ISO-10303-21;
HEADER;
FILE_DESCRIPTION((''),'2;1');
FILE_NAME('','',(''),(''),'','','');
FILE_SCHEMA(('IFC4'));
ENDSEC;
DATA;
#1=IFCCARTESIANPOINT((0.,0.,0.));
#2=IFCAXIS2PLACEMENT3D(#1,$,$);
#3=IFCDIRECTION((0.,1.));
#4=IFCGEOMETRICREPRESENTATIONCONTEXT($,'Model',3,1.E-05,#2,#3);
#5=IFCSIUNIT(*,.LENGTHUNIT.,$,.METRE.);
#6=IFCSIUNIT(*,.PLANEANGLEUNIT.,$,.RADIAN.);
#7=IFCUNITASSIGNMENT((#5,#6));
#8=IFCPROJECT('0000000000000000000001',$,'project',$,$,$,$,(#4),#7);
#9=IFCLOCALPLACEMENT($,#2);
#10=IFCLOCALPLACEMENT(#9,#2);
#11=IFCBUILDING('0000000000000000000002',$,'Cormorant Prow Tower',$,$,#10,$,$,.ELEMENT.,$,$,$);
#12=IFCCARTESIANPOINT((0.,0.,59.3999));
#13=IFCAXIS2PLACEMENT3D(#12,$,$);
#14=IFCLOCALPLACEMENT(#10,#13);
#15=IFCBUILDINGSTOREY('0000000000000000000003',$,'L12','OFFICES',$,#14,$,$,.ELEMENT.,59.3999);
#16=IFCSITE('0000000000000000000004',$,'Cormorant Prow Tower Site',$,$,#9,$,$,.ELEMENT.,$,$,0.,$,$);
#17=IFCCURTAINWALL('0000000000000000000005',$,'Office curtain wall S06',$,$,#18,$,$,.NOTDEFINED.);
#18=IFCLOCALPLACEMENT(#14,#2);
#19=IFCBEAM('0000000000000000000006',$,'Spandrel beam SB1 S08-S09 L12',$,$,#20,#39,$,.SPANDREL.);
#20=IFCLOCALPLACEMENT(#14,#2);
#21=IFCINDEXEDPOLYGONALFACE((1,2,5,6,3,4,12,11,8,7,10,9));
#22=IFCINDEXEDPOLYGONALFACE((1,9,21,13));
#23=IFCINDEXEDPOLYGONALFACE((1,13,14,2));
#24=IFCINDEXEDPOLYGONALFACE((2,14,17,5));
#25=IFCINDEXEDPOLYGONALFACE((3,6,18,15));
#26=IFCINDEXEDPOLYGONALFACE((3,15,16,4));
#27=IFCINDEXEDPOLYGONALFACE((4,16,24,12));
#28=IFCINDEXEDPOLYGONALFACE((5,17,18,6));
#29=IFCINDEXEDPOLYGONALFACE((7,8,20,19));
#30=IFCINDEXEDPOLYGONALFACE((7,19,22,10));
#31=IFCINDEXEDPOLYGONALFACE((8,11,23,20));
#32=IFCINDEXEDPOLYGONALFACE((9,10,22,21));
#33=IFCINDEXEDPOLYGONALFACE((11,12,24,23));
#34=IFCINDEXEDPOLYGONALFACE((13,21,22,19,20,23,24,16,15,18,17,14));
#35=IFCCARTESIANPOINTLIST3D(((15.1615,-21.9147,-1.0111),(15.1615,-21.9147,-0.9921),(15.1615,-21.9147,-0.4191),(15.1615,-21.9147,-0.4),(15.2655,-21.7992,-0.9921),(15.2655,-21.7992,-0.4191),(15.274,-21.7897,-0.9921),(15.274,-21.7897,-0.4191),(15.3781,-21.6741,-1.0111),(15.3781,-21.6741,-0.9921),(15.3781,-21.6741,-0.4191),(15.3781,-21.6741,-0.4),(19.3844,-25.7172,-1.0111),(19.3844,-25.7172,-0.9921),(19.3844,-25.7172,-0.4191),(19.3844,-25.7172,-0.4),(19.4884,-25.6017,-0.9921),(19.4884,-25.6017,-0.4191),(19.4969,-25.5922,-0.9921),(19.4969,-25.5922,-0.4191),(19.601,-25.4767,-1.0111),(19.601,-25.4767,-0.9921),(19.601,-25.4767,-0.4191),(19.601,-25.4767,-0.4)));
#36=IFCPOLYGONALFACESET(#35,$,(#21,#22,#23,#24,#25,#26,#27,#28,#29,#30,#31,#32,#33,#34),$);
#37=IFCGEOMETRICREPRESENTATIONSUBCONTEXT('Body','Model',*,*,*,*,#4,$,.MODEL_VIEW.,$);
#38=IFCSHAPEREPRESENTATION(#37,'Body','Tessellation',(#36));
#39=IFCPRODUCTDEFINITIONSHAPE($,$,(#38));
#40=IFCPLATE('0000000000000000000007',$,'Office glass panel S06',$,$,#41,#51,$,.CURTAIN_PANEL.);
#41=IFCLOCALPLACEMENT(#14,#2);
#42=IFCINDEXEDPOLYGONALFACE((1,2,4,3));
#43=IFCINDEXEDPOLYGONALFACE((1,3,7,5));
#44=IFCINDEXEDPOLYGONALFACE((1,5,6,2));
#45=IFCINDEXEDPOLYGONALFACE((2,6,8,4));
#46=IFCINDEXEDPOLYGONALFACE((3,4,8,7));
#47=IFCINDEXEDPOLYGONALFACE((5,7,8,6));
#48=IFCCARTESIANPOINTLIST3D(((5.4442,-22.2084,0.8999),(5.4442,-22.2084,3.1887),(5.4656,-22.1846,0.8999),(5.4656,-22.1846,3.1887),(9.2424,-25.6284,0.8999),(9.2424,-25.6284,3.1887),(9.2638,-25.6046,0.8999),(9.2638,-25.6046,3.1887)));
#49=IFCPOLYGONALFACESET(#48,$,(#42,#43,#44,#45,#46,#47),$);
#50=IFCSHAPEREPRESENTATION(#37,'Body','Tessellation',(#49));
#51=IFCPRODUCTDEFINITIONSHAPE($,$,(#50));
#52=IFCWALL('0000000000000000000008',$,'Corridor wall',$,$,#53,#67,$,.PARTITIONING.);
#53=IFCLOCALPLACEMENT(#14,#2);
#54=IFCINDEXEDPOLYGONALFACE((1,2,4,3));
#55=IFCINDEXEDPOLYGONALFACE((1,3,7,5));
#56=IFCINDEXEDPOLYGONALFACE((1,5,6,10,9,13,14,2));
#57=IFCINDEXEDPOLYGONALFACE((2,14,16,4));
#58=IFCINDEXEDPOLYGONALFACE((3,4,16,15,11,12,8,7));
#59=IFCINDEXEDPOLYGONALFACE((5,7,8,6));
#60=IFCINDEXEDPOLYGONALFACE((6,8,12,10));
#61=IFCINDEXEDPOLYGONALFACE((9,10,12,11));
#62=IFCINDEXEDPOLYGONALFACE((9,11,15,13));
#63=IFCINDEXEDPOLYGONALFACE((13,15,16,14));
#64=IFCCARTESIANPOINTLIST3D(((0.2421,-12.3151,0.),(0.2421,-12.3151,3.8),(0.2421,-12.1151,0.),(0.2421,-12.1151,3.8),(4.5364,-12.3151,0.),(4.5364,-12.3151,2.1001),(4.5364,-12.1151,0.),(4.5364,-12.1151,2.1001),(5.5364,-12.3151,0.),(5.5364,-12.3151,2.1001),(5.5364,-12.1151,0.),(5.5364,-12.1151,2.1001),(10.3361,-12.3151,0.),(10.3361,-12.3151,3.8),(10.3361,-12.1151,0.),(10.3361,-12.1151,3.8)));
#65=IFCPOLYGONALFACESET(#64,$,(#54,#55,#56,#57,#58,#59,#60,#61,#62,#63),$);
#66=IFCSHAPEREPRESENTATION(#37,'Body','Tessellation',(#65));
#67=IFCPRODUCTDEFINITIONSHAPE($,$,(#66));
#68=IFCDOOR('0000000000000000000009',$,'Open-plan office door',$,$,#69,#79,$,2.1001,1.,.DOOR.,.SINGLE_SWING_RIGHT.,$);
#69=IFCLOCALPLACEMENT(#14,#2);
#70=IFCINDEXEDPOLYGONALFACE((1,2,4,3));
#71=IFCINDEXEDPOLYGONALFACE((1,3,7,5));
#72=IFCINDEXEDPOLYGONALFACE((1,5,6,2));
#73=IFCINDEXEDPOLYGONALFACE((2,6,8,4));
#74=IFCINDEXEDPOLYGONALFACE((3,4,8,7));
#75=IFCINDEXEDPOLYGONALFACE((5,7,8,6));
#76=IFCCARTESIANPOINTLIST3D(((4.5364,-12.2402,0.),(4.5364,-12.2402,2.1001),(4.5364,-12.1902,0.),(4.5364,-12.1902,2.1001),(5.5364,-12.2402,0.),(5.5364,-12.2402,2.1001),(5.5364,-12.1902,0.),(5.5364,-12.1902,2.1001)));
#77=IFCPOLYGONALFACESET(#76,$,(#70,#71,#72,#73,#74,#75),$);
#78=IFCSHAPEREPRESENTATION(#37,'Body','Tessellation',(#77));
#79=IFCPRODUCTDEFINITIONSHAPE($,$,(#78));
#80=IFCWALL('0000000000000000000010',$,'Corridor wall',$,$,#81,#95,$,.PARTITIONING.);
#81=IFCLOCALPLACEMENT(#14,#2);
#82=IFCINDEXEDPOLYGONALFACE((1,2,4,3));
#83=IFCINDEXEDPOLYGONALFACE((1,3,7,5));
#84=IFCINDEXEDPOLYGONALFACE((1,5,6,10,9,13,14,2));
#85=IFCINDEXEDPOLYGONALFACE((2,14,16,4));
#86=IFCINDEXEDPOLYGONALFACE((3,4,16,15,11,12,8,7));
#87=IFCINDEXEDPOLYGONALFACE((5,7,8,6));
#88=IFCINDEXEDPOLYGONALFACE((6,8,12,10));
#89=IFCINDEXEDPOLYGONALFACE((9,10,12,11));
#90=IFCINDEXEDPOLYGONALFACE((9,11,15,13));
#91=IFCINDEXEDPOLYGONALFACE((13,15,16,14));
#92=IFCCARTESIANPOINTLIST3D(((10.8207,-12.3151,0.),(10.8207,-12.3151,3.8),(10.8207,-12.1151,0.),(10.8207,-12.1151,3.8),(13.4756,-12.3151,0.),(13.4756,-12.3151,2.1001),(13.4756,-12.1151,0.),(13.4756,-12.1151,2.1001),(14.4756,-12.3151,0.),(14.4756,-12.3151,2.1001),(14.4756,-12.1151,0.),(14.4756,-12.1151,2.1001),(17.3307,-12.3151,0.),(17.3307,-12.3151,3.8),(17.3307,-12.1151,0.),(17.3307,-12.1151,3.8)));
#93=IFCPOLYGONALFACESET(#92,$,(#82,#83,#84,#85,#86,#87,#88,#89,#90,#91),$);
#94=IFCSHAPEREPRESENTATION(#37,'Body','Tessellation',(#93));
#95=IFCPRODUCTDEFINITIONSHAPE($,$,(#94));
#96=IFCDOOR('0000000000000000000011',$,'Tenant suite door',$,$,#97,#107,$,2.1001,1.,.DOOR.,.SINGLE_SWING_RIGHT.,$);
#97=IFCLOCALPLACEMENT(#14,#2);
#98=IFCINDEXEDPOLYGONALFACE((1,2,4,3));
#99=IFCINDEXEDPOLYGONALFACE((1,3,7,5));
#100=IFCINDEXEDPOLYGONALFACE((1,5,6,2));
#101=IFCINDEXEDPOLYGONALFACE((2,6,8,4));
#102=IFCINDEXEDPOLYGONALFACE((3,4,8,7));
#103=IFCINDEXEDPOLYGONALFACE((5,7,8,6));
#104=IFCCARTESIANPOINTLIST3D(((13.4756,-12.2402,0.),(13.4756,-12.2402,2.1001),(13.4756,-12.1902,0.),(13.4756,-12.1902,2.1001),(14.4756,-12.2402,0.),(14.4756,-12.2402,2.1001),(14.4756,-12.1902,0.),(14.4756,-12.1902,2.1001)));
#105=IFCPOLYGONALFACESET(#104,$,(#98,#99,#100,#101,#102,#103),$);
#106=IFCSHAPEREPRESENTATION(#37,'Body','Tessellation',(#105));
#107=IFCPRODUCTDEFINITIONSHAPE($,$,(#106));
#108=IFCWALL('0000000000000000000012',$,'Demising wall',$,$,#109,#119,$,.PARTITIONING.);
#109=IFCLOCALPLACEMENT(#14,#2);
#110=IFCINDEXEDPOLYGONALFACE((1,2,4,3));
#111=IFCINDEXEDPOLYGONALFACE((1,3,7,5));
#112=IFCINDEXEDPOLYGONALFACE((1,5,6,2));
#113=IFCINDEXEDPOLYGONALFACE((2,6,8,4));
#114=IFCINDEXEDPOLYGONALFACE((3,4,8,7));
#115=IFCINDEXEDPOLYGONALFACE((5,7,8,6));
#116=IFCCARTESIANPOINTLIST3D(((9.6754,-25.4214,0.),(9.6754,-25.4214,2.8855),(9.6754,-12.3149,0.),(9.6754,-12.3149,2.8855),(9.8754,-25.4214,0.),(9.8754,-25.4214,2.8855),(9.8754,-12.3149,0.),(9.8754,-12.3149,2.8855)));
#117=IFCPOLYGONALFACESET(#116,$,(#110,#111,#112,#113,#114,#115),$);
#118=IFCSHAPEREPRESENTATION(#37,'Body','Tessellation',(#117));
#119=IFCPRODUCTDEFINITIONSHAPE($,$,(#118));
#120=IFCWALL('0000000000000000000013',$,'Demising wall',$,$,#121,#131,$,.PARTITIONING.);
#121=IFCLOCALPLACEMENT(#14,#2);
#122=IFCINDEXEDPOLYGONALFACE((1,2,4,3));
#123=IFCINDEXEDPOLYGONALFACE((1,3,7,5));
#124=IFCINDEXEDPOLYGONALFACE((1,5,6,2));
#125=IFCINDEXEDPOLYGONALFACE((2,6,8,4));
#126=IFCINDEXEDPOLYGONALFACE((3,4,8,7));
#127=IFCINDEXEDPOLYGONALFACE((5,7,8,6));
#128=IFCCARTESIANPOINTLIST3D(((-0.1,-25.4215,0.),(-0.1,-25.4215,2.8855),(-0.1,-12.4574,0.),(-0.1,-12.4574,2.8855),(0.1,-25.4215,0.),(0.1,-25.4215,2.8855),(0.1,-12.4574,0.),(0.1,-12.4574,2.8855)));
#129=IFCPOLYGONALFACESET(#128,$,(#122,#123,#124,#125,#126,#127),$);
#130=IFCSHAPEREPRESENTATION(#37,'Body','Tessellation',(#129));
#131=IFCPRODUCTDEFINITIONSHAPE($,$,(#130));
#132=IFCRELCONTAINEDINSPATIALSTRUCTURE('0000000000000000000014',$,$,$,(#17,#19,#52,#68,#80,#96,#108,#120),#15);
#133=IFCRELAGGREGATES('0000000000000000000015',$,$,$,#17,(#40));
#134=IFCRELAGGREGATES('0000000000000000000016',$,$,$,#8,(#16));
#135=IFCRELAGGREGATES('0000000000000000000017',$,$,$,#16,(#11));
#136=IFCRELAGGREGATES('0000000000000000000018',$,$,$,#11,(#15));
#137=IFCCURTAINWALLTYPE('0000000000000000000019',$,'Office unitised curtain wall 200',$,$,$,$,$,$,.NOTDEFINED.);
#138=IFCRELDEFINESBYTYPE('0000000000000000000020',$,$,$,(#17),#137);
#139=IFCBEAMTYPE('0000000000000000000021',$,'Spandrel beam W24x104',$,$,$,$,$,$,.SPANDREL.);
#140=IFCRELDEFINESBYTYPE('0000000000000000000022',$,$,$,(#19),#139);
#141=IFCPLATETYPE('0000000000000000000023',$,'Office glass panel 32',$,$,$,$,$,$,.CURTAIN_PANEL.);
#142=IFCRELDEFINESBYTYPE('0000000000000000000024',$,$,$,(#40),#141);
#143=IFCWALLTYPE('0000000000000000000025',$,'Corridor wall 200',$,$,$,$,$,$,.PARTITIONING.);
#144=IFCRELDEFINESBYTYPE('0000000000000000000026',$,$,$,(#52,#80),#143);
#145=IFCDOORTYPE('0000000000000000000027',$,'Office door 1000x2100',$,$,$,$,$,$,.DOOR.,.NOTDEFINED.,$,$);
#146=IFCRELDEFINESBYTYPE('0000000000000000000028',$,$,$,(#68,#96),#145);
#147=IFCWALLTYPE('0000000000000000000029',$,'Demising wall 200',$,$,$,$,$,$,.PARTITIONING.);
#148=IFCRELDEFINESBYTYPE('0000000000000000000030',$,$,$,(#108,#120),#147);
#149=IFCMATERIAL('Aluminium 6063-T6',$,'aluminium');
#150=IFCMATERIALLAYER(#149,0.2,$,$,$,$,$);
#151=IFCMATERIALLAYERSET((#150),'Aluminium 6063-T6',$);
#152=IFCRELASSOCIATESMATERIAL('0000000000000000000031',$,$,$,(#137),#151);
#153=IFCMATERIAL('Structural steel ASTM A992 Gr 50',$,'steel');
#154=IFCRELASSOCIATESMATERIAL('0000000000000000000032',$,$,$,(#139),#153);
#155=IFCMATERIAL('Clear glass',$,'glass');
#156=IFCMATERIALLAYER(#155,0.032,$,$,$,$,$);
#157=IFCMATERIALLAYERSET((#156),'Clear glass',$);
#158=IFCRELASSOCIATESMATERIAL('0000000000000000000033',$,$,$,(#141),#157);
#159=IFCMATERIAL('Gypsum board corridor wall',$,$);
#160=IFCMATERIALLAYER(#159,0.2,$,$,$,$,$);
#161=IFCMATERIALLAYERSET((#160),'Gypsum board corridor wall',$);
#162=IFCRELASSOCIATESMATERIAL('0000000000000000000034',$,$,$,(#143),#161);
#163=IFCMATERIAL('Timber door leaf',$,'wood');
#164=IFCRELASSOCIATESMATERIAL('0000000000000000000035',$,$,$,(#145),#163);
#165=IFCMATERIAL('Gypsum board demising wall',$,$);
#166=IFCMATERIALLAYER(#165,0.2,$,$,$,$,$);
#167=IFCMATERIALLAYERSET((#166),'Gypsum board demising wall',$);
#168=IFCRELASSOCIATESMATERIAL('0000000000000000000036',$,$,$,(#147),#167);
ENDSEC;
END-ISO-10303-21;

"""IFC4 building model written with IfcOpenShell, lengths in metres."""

from ifc_helpers import new_model, si_unit, direction, frame, frame_2d, origin, origin_2d, place, context, subcontext, project, spatial, rectangle, i_section, extrude, material, layer, layer_set, material_profile, profile_set, type_object, element, fill, aggregate, save


model = new_model("IFC4")

# Units and contexts
model_context = context("Model", 3, precision=1e-05, world=origin(), true_north=direction((0.0, 1.0)))
body_context = subcontext(model_context, "Body", "Model", "MODEL_VIEW")
ifc_project = project(units=[si_unit("LENGTHUNIT", "METRE"), si_unit("PLANEANGLEUNIT", "RADIAN")], contexts=[model_context])

# Site, building, storey
site_placement = place(None, origin())
site = spatial("IfcSite", under=ifc_project, at=site_placement, Name="Cormorant Prow Tower Site", CompositionType="ELEMENT", RefElevation=0.0)
building_placement = place(site_placement, origin())
building = spatial("IfcBuilding", under=site, at=building_placement, Name="Cormorant Prow Tower", CompositionType="ELEMENT")
storey_placement = place(building_placement, frame((0.0, 0.0, 59.3999)))
storey = spatial("IfcBuildingStorey", under=building, at=storey_placement, Name="L12", Description="OFFICES", CompositionType="ELEMENT", Elevation=59.3999)

# Curtain wall
ifc_material_1 = material(Name="Aluminium 6063-T6", Category="aluminium")
ifc_layer_1 = layer(ifc_material_1, 0.2)
ifc_layer_set_1 = layer_set([ifc_layer_1], Name="Aluminium 6063-T6")
curtain_wall_type = type_object("IfcCurtainWallType", Name="Office unitised curtain wall 200", PredefinedType="NOTDEFINED", material=ifc_layer_set_1)
curtain_wall_1_placement = place(storey_placement, origin())
curtain_wall_1 = element("IfcCurtainWall", 1, at=curtain_wall_1_placement, inside=storey, type_object=curtain_wall_type, Name="Office curtain wall S06", PredefinedType="NOTDEFINED")

# Beam
ifc_material_2 = material(Name="Structural steel ASTM A992 Gr 50", Category="steel")
ifc_material_profile_1 = material_profile(ifc_material_2, i_section(OverallWidth=0.3237, OverallDepth=0.6111, WebThickness=0.0127, FlangeThickness=0.019, at=origin_2d()), Name="W24x104")
ifc_profile_set_1 = profile_set([ifc_material_profile_1], Name="Structural steel ASTM A992 Gr 50")
beam_type_1 = type_object("IfcBeamType", Name="Spandrel beam W24x104", PredefinedType="SPANDREL", material=ifc_profile_set_1)
for number, where, z_axis, x_axis, name in (
    (2, (15.2698, -21.7944, -0.7056), (0.74313, -0.669147, 0.0), (0.669147, 0.74313, 0.0), "Spandrel beam SB1 S08-S09 L12"),
):
    element("IfcBeam", number, at=place(storey_placement, frame(where, z_axis=z_axis, x_axis=x_axis)), inside=storey, type_object=beam_type_1, Name=name, PredefinedType="SPANDREL", context=body_context, shape_type="SweptSolid", body=[
        extrude(i_section(OverallWidth=0.3237, OverallDepth=0.6111, WebThickness=0.0127, FlangeThickness=0.019, at=origin_2d()), origin(), (0.0, 0.0, 1.0), 5.6826),
    ])

# Plate
ifc_material_3 = material(Name="Clear glass", Category="glass")
ifc_layer_2 = layer(ifc_material_3, 0.032)
ifc_layer_set_2 = layer_set([ifc_layer_2], Name="Clear glass")
plate_type = type_object("IfcPlateType", Name="Office glass panel 32", PredefinedType="CURTAIN_PANEL", material=ifc_layer_set_2)
plate_placement = place(storey_placement, frame((7.354, -23.9065, 0.8999), z_axis=(0.0, 0.0, 1.0), x_axis=(0.743145, -0.669131, 0.0)))
plate = element("IfcPlate", 3, at=plate_placement, type_object=plate_type, Name="Office glass panel S06", PredefinedType="CURTAIN_PANEL", context=body_context, shape_type="SweptSolid", body=[
    extrude(rectangle(XDim=5.1111, YDim=0.032, at=origin_2d()), origin(), (0.0, 0.0, 1.0), 2.2888),
])
aggregate(curtain_wall_1, [plate])

# Walls, openings, doors
ifc_material_4 = material(Name="Gypsum board corridor wall")
ifc_layer_3 = layer(ifc_material_4, 0.2)
ifc_layer_set_3 = layer_set([ifc_layer_3], Name="Gypsum board corridor wall")
wall_type_1 = type_object("IfcWallType", Name="Corridor wall 200", PredefinedType="PARTITIONING", material=ifc_layer_set_3)
wall_1_placement = place(storey_placement, frame((0.2422, -12.2151, 0.0), z_axis=(0.0, 0.0, 1.0), x_axis=(1.0, 0.0, 0.0)))
wall_1 = element("IfcWall", 4, at=wall_1_placement, inside=storey, type_object=wall_type_1, Name="Corridor wall", PredefinedType="PARTITIONING", context=body_context, shape_type="SweptSolid", body=[
    extrude(rectangle(XDim=10.094, YDim=0.2, at=frame_2d((5.0469, 0.0))), origin(), (0.0, 0.0, 1.0), 3.8),
])
opening_1_placement = place(wall_1_placement, frame((4.2942, 0.0, 0.0)))
opening_1 = element("IfcOpeningElement", 5, at=opening_1_placement, cuts=wall_1, PredefinedType="OPENING", context=body_context, shape_type="SweptSolid", body=[
    extrude(rectangle(XDim=1.0, YDim=2.1001, at=frame_2d((0.5, 1.05))), frame((0.0, 0.1099, 0.0), z_axis=(0.0, -1.0, 0.0), x_axis=(1.0, 0.0, 0.0)), (0.0, 0.0, 1.0), 0.22),
])
ifc_material_5 = material(Name="Timber door leaf", Category="wood")
door_type_1 = type_object("IfcDoorType", Name="Office door 1000x2100", OperationType="NOTDEFINED", PredefinedType="DOOR", material=ifc_material_5)
door_1_placement = place(opening_1_placement, origin())
door_1 = element("IfcDoor", 6, at=door_1_placement, inside=storey, type_object=door_type_1, Name="Open-plan office door", OperationType="SINGLE_SWING_RIGHT", OverallHeight=2.1001, OverallWidth=1.0, PredefinedType="DOOR", context=body_context, shape_type="SweptSolid", body=[
    extrude(rectangle(XDim=1.0, YDim=2.1001, at=frame_2d((0.5, 1.05))), frame((0.0, 0.0249, 0.0), z_axis=(0.0, -1.0, 0.0), x_axis=(1.0, 0.0, 0.0)), (0.0, 0.0, 1.0), 0.05),
])
fill(opening_1, door_1)
wall_2_placement = place(storey_placement, frame((10.8208, -12.2151, 0.0), z_axis=(0.0, 0.0, 1.0), x_axis=(1.0, 0.0, 0.0)))
wall_2 = element("IfcWall", 7, at=wall_2_placement, inside=storey, type_object=wall_type_1, Name="Corridor wall", PredefinedType="PARTITIONING", context=body_context, shape_type="SweptSolid", body=[
    extrude(rectangle(XDim=6.51, YDim=0.2, at=frame_2d((3.2549, 0.0))), origin(), (0.0, 0.0, 1.0), 3.8),
])
opening_2_placement = place(wall_2_placement, frame((2.6548, 0.0, 0.0)))
opening_2 = element("IfcOpeningElement", 8, at=opening_2_placement, cuts=wall_2, PredefinedType="OPENING", context=body_context, shape_type="SweptSolid", body=[
    extrude(rectangle(XDim=1.0, YDim=2.1001, at=frame_2d((0.5, 1.05))), frame((0.0, 0.1099, 0.0), z_axis=(0.0, -1.0, 0.0), x_axis=(1.0, 0.0, 0.0)), (0.0, 0.0, 1.0), 0.22),
])
door_2_placement = place(opening_2_placement, origin())
door_2 = element("IfcDoor", 9, at=door_2_placement, inside=storey, type_object=door_type_1, Name="Tenant suite door", OperationType="SINGLE_SWING_RIGHT", OverallHeight=2.1001, OverallWidth=1.0, PredefinedType="DOOR", context=body_context, shape_type="SweptSolid", body=[
    extrude(rectangle(XDim=1.0, YDim=2.1001, at=frame_2d((0.5, 1.05))), frame((0.0, 0.0249, 0.0), z_axis=(0.0, -1.0, 0.0), x_axis=(1.0, 0.0, 0.0)), (0.0, 0.0, 1.0), 0.05),
])
fill(opening_2, door_2)

# Walls
ifc_material_6 = material(Name="Gypsum board demising wall")
ifc_layer_4 = layer(ifc_material_6, 0.2)
ifc_layer_set_4 = layer_set([ifc_layer_4], Name="Gypsum board demising wall")
wall_type_2 = type_object("IfcWallType", Name="Demising wall 200", PredefinedType="PARTITIONING", material=ifc_layer_set_4)
wall_3_placement = place(storey_placement, frame((9.7754, -25.4214, 0.0), z_axis=(0.0, 0.0, 1.0), x_axis=(0.0, 1.0, 0.0)))
element("IfcWall", 10, at=wall_3_placement, inside=storey, type_object=wall_type_2, Name="Demising wall", PredefinedType="PARTITIONING", context=body_context, shape_type="SweptSolid", body=[
    extrude(rectangle(XDim=13.1064, YDim=0.2, at=frame_2d((6.5532, 0.0))), origin(), (0.0, 0.0, 1.0), 2.8855),
])
wall_4_placement = place(storey_placement, frame((0.0, -25.4214, 0.0), z_axis=(0.0, 0.0, 1.0), x_axis=(0.0, 1.0, 0.0)))
element("IfcWall", 11, at=wall_4_placement, inside=storey, type_object=wall_type_2, Name="Demising wall", PredefinedType="PARTITIONING", context=body_context, shape_type="SweptSolid", body=[
    extrude(rectangle(XDim=12.9641, YDim=0.2, at=frame_2d((6.4819, 0.0))), origin(), (0.0, 0.0, 1.0), 2.8855),
])

save(model, "model.ifc")
